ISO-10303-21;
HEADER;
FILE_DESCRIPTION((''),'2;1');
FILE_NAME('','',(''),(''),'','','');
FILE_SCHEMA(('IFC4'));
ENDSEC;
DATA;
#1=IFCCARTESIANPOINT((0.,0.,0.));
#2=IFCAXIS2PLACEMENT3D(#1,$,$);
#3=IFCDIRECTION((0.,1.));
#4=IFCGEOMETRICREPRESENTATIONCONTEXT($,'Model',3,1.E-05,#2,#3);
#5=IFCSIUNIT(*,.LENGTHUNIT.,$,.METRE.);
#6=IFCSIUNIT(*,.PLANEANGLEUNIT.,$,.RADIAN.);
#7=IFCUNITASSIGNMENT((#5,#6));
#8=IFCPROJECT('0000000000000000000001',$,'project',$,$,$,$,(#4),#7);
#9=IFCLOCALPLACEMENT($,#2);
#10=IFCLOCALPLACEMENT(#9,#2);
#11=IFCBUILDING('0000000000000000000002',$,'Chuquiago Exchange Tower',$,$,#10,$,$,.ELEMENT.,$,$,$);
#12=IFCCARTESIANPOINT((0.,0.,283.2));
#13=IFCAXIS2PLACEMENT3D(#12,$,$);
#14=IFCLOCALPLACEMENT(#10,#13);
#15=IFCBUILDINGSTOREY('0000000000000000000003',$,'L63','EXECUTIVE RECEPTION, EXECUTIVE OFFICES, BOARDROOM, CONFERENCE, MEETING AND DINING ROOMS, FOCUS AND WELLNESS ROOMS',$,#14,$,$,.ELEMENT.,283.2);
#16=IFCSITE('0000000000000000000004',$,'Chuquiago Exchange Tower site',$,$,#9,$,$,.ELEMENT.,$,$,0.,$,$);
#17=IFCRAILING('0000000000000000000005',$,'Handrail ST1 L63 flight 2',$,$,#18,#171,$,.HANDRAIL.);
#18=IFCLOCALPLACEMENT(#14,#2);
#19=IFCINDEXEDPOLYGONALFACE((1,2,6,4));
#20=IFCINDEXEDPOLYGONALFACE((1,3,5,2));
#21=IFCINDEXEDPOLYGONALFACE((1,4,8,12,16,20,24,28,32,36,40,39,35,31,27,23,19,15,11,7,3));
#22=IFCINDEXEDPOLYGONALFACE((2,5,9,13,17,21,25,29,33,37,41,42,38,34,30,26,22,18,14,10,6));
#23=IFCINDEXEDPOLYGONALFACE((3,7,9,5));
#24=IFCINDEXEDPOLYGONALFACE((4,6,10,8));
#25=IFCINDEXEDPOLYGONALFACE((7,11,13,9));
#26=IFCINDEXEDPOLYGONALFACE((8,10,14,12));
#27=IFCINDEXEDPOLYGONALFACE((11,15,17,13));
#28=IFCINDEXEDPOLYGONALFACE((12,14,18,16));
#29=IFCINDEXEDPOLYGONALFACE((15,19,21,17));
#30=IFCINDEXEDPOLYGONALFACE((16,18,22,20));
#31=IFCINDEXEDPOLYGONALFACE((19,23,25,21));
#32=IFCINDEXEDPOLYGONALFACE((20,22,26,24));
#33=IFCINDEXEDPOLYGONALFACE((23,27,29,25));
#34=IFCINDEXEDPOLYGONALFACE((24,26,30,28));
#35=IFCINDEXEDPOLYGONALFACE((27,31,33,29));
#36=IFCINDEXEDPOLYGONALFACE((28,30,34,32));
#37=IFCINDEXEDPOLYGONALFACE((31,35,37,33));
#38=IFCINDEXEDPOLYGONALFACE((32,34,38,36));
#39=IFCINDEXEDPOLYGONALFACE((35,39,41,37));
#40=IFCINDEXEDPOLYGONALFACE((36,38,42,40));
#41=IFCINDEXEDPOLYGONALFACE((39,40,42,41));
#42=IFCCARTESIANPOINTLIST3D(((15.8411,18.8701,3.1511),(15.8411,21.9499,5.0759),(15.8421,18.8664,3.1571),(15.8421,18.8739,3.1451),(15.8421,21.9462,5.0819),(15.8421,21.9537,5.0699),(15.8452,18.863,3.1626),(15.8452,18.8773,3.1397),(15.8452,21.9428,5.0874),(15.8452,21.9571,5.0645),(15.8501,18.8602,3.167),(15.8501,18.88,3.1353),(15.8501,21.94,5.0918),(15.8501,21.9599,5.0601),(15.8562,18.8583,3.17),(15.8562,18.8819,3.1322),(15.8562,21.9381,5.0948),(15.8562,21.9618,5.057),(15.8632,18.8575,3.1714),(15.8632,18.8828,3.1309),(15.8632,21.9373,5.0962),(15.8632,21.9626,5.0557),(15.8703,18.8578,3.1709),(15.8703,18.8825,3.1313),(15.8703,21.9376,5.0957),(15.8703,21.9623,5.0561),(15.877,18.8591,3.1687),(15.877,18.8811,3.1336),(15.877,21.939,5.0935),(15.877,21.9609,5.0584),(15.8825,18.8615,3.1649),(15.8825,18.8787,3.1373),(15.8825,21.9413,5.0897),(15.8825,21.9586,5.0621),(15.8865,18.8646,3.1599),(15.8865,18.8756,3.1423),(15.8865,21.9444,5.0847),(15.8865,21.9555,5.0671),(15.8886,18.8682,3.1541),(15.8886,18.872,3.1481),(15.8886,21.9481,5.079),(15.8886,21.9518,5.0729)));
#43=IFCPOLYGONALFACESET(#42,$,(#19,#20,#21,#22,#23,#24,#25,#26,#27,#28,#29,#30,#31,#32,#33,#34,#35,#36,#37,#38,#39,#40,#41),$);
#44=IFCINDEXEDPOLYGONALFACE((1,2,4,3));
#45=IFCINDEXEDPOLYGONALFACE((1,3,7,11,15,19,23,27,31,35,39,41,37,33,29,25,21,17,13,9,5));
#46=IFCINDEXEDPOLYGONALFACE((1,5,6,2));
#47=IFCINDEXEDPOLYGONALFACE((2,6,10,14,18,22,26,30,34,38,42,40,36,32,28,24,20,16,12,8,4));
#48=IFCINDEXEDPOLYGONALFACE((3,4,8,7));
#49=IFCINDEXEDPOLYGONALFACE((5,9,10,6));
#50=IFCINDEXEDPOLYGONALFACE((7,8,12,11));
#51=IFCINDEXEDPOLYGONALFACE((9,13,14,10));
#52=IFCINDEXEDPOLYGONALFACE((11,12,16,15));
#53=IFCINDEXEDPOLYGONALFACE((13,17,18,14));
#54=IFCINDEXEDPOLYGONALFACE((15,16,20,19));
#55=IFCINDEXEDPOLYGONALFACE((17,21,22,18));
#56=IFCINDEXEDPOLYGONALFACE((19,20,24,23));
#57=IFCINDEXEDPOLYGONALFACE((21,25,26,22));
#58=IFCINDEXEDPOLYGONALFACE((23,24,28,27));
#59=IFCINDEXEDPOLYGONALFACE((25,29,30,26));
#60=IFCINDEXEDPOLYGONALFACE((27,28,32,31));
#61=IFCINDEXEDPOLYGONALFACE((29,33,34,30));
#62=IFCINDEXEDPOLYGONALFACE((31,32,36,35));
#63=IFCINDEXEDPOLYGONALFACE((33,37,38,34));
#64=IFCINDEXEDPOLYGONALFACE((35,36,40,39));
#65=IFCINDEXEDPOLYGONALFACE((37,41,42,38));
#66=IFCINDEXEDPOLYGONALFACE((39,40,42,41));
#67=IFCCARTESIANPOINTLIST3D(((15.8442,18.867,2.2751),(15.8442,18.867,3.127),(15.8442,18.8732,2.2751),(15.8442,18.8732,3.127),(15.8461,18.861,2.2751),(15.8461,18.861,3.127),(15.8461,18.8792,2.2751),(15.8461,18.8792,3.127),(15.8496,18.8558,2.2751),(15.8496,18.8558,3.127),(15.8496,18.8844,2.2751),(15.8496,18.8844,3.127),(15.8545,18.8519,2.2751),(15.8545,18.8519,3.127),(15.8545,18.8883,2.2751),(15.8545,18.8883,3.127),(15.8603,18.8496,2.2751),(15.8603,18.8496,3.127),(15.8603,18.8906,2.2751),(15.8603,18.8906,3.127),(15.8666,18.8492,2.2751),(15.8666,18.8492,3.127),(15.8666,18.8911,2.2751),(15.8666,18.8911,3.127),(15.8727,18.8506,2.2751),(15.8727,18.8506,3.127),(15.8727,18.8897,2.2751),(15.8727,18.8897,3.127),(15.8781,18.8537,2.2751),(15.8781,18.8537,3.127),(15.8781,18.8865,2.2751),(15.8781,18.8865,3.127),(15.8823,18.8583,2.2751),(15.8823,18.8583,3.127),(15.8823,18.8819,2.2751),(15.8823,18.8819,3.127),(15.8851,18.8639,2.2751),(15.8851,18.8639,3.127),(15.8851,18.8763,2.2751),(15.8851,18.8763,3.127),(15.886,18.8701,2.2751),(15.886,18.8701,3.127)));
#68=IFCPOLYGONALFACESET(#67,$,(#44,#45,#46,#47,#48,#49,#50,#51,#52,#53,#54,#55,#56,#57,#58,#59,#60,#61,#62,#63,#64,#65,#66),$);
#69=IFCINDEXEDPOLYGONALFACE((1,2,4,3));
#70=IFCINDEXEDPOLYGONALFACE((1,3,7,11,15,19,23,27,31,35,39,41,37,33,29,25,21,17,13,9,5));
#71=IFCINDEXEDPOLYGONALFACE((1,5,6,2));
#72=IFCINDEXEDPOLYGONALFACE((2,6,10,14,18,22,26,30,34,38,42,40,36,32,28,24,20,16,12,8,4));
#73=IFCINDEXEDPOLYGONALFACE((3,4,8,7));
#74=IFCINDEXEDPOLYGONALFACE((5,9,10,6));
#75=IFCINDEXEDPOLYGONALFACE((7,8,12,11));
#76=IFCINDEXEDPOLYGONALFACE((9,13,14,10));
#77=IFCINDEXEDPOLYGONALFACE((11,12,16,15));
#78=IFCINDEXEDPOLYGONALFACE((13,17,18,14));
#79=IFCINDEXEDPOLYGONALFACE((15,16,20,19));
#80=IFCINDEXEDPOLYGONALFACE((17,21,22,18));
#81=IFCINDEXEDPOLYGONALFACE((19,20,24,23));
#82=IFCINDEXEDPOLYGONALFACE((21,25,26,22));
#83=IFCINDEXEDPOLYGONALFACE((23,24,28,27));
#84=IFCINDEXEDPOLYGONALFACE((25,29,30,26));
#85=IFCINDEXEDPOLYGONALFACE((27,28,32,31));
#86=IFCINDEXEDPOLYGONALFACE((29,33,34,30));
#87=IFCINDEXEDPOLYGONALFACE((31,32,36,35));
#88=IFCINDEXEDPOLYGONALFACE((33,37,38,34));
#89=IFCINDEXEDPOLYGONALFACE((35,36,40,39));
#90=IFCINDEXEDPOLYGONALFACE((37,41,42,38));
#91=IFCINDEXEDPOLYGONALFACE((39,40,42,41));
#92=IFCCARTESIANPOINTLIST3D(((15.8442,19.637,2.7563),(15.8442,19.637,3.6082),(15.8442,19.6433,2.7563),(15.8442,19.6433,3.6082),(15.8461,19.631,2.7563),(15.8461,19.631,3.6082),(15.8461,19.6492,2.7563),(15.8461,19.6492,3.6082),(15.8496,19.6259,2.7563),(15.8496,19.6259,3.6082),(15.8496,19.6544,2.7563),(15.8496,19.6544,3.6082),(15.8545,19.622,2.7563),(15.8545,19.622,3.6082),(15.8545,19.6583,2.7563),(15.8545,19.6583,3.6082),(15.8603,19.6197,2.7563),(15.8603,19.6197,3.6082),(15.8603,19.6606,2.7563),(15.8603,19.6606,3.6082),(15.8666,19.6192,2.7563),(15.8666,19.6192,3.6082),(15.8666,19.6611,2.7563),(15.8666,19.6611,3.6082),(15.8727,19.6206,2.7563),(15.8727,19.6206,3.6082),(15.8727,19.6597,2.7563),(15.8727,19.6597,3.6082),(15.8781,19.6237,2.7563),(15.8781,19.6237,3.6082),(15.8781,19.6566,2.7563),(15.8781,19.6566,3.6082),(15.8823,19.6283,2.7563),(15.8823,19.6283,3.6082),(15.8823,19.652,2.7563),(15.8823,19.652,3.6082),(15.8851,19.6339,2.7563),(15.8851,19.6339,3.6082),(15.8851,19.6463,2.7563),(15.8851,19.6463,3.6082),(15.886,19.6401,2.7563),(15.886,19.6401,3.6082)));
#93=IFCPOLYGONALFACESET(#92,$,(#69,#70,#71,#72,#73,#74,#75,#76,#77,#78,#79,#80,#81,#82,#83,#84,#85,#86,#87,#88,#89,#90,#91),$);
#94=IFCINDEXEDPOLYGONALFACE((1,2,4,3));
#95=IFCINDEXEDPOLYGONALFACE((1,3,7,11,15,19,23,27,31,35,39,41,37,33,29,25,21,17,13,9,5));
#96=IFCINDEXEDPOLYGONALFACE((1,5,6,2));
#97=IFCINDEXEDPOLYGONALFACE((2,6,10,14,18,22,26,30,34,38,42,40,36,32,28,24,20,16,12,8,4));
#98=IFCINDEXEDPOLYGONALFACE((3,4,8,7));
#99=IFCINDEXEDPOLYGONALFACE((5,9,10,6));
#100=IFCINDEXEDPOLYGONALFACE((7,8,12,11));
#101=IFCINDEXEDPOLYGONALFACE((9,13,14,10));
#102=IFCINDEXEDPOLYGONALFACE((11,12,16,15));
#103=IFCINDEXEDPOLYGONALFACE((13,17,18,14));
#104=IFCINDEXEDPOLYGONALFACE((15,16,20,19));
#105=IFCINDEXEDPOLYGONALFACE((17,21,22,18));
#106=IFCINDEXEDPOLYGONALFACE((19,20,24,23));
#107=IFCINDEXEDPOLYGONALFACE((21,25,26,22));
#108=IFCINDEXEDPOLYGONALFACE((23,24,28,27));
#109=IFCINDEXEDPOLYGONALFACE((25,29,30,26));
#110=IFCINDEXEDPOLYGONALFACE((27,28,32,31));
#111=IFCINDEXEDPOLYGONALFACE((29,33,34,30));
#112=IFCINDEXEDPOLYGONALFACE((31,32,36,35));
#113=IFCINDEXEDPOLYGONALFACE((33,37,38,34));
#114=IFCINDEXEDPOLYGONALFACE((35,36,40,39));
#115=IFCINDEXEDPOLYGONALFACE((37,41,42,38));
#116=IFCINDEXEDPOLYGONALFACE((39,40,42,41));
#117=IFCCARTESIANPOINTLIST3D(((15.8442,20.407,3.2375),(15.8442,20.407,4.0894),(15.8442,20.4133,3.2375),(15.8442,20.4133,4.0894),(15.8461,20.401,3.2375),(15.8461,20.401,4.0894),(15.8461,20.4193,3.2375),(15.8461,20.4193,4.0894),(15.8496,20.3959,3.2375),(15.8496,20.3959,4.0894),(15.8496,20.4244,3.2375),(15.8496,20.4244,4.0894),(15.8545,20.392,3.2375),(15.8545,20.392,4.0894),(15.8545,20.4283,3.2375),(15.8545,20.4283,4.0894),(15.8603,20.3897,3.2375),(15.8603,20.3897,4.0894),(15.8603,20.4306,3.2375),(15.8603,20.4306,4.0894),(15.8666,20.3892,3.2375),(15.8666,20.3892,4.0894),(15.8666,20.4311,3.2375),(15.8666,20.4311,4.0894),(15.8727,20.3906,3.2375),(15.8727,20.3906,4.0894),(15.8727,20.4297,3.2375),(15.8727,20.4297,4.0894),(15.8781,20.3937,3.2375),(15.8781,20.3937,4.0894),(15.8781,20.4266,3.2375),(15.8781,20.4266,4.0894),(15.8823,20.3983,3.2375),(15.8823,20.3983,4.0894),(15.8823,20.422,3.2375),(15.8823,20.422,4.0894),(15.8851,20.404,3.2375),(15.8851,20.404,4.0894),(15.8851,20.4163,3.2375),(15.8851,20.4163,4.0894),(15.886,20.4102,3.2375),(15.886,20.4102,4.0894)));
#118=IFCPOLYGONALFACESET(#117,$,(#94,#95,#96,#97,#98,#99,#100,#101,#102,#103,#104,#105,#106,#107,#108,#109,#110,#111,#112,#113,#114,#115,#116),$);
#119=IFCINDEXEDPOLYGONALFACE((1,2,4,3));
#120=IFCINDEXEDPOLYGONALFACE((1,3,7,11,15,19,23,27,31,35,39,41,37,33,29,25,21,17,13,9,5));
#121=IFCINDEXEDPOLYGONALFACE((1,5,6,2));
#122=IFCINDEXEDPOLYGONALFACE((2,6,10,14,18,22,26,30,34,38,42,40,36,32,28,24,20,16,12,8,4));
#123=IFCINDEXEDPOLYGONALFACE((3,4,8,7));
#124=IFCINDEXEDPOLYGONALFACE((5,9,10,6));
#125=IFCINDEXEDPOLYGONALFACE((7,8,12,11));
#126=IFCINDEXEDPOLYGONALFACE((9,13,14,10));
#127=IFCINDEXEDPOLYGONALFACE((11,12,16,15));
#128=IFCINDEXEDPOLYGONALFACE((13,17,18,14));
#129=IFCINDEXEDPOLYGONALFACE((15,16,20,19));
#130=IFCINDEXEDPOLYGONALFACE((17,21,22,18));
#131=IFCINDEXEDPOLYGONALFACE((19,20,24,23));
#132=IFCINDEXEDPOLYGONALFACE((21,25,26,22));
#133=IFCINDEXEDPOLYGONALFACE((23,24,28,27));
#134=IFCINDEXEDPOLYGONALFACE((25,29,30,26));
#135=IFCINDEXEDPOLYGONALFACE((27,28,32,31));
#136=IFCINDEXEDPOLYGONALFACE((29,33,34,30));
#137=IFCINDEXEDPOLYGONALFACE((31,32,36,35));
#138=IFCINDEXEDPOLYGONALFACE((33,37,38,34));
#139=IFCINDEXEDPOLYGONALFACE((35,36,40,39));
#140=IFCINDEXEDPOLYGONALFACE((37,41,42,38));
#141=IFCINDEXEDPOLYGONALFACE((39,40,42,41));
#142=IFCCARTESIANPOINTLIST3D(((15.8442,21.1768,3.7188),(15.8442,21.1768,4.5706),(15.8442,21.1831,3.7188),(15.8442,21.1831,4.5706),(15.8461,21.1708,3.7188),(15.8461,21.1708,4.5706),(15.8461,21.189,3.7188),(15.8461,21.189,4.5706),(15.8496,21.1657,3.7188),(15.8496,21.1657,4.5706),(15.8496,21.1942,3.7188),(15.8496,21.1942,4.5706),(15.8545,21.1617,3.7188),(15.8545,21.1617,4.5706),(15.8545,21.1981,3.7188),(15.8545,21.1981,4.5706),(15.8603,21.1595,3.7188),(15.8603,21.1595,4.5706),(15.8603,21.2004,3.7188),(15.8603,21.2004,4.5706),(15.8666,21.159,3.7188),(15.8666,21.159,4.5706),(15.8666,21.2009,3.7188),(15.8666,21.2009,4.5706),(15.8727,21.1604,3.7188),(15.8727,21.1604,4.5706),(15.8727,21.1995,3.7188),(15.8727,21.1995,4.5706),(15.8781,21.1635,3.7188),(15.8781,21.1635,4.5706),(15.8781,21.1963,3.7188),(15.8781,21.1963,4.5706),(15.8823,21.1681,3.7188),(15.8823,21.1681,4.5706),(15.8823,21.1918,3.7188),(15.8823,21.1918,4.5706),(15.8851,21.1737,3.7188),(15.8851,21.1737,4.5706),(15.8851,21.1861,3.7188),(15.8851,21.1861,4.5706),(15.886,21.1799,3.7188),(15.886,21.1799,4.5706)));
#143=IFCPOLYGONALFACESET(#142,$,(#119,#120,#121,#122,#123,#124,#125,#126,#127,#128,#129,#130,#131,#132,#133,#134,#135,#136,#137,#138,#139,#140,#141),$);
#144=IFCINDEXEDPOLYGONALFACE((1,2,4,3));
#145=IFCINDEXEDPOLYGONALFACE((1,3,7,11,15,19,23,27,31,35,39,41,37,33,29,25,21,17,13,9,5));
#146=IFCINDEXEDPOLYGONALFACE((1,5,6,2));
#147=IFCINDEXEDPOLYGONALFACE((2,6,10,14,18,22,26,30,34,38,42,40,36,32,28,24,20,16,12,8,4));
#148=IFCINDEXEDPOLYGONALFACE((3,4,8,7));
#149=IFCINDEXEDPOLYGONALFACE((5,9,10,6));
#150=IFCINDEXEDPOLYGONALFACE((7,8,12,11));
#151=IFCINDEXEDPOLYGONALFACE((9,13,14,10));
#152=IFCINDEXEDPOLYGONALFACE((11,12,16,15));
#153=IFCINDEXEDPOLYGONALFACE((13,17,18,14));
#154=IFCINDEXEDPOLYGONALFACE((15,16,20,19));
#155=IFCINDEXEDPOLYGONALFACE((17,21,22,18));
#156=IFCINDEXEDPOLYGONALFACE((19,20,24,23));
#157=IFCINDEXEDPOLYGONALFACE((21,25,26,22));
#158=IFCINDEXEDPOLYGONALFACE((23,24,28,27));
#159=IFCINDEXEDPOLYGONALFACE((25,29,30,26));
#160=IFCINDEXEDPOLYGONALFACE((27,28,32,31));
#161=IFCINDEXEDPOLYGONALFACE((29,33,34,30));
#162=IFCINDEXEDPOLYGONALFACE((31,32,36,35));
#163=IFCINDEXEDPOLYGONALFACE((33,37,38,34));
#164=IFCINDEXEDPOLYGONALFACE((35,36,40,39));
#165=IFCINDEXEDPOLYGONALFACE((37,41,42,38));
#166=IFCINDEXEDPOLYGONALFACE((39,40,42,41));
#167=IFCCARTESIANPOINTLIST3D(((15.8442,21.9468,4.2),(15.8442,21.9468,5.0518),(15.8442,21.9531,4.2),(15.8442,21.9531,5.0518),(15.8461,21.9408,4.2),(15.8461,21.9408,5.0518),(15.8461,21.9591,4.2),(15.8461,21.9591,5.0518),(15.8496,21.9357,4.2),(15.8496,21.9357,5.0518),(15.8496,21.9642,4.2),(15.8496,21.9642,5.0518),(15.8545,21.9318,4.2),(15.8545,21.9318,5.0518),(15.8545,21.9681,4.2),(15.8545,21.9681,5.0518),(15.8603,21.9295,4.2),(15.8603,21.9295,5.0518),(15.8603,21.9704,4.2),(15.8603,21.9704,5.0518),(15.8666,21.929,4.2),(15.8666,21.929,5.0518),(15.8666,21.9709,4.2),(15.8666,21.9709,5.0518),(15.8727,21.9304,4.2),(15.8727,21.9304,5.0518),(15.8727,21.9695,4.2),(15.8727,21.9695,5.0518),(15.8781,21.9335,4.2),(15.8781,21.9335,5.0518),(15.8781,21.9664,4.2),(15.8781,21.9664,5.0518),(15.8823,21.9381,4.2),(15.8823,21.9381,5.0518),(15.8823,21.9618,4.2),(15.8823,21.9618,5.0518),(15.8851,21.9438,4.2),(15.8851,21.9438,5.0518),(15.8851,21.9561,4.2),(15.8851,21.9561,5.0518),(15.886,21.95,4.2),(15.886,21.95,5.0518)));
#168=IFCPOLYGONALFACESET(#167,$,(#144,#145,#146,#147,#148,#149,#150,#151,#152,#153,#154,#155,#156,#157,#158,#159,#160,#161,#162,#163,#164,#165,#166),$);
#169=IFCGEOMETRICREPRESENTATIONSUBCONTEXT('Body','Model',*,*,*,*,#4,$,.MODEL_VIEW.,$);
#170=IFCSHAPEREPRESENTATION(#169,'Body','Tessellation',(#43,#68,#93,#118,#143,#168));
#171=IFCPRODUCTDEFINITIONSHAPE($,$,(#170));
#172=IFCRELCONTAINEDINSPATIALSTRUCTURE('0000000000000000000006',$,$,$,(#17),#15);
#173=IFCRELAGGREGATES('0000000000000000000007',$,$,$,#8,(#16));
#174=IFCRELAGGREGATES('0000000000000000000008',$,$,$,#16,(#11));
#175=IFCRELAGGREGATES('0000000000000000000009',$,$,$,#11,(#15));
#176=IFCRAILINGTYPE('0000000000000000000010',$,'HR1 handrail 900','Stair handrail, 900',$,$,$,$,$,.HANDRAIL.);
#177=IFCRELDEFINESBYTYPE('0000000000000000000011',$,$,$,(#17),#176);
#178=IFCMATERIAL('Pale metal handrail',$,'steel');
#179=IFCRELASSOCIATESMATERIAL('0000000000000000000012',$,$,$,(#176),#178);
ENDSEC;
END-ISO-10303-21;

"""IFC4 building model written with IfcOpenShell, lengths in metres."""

from ifc_helpers import new_model, si_unit, direction, frame, origin, origin_2d, place, context, subcontext, project, spatial, circle, extrude, material, type_object, element, save


model = new_model("IFC4")

# Units and contexts
model_context = context("Model", 3, precision=1e-05, world=origin(), true_north=direction((0.0, 1.0)))
body_context = subcontext(model_context, "Body", "Model", "MODEL_VIEW")
ifc_project = project(units=[si_unit("LENGTHUNIT", "METRE"), si_unit("PLANEANGLEUNIT", "RADIAN")], contexts=[model_context])

# Site, building, storey
site_placement = place(None, origin())
site = spatial("IfcSite", under=ifc_project, at=site_placement, Name="Chuquiago Exchange Tower site", CompositionType="ELEMENT", RefElevation=0.0)
building_placement = place(site_placement, origin())
building = spatial("IfcBuilding", under=site, at=building_placement, Name="Chuquiago Exchange Tower", CompositionType="ELEMENT")
storey_placement = place(building_placement, frame((0.0, 0.0, 283.2)))
storey = spatial("IfcBuildingStorey", under=building, at=storey_placement, Name="L63", Description="EXECUTIVE RECEPTION, EXECUTIVE OFFICES, BOARDROOM, CONFERENCE, MEETING AND DINING ROOMS, FOCUS AND WELLNESS ROOMS", CompositionType="ELEMENT", Elevation=283.2)

# Railing
ifc_material_1 = material(Name="Pale metal handrail", Category="steel")
railing_type_1 = type_object("IfcRailingType", Name="HR1 handrail 900", Description="Stair handrail, 900", PredefinedType="HANDRAIL", material=ifc_material_1)
for number, where, name in (
    (1, (15.865, 18.8701, 2.2751), "Handrail ST1 L63 flight 2"),
):
    element("IfcRailing", number, at=place(storey_placement, frame(where)), inside=storey, type_object=railing_type_1, Name=name, PredefinedType="HANDRAIL", context=body_context, shape_type="SweptSolid", body=[
        extrude(circle(Radius=0.0239, at=origin_2d()), frame((0.0, 0.0, 0.876), z_axis=(0.0, 0.84801, 0.529981), x_axis=(-1.0, 0.0, 0.0)), (0.0, 0.0, 1.0), 3.6318),
        extrude(circle(Radius=0.021, at=origin_2d()), origin(), (0.0, 0.0, 1.0), 0.8518),
        extrude(circle(Radius=0.021, at=origin_2d()), frame((0.0, 0.77, 0.4812)), (0.0, 0.0, 1.0), 0.8518),
        extrude(circle(Radius=0.021, at=origin_2d()), frame((0.0, 1.54, 0.9624)), (0.0, 0.0, 1.0), 0.8518),
        extrude(circle(Radius=0.021, at=origin_2d()), frame((0.0, 2.3098, 1.4436)), (0.0, 0.0, 1.0), 0.8518),
        extrude(circle(Radius=0.021, at=origin_2d()), frame((0.0, 3.0798, 1.9248)), (0.0, 0.0, 1.0), 0.8518),
    ])

save(model, "model.ifc")
